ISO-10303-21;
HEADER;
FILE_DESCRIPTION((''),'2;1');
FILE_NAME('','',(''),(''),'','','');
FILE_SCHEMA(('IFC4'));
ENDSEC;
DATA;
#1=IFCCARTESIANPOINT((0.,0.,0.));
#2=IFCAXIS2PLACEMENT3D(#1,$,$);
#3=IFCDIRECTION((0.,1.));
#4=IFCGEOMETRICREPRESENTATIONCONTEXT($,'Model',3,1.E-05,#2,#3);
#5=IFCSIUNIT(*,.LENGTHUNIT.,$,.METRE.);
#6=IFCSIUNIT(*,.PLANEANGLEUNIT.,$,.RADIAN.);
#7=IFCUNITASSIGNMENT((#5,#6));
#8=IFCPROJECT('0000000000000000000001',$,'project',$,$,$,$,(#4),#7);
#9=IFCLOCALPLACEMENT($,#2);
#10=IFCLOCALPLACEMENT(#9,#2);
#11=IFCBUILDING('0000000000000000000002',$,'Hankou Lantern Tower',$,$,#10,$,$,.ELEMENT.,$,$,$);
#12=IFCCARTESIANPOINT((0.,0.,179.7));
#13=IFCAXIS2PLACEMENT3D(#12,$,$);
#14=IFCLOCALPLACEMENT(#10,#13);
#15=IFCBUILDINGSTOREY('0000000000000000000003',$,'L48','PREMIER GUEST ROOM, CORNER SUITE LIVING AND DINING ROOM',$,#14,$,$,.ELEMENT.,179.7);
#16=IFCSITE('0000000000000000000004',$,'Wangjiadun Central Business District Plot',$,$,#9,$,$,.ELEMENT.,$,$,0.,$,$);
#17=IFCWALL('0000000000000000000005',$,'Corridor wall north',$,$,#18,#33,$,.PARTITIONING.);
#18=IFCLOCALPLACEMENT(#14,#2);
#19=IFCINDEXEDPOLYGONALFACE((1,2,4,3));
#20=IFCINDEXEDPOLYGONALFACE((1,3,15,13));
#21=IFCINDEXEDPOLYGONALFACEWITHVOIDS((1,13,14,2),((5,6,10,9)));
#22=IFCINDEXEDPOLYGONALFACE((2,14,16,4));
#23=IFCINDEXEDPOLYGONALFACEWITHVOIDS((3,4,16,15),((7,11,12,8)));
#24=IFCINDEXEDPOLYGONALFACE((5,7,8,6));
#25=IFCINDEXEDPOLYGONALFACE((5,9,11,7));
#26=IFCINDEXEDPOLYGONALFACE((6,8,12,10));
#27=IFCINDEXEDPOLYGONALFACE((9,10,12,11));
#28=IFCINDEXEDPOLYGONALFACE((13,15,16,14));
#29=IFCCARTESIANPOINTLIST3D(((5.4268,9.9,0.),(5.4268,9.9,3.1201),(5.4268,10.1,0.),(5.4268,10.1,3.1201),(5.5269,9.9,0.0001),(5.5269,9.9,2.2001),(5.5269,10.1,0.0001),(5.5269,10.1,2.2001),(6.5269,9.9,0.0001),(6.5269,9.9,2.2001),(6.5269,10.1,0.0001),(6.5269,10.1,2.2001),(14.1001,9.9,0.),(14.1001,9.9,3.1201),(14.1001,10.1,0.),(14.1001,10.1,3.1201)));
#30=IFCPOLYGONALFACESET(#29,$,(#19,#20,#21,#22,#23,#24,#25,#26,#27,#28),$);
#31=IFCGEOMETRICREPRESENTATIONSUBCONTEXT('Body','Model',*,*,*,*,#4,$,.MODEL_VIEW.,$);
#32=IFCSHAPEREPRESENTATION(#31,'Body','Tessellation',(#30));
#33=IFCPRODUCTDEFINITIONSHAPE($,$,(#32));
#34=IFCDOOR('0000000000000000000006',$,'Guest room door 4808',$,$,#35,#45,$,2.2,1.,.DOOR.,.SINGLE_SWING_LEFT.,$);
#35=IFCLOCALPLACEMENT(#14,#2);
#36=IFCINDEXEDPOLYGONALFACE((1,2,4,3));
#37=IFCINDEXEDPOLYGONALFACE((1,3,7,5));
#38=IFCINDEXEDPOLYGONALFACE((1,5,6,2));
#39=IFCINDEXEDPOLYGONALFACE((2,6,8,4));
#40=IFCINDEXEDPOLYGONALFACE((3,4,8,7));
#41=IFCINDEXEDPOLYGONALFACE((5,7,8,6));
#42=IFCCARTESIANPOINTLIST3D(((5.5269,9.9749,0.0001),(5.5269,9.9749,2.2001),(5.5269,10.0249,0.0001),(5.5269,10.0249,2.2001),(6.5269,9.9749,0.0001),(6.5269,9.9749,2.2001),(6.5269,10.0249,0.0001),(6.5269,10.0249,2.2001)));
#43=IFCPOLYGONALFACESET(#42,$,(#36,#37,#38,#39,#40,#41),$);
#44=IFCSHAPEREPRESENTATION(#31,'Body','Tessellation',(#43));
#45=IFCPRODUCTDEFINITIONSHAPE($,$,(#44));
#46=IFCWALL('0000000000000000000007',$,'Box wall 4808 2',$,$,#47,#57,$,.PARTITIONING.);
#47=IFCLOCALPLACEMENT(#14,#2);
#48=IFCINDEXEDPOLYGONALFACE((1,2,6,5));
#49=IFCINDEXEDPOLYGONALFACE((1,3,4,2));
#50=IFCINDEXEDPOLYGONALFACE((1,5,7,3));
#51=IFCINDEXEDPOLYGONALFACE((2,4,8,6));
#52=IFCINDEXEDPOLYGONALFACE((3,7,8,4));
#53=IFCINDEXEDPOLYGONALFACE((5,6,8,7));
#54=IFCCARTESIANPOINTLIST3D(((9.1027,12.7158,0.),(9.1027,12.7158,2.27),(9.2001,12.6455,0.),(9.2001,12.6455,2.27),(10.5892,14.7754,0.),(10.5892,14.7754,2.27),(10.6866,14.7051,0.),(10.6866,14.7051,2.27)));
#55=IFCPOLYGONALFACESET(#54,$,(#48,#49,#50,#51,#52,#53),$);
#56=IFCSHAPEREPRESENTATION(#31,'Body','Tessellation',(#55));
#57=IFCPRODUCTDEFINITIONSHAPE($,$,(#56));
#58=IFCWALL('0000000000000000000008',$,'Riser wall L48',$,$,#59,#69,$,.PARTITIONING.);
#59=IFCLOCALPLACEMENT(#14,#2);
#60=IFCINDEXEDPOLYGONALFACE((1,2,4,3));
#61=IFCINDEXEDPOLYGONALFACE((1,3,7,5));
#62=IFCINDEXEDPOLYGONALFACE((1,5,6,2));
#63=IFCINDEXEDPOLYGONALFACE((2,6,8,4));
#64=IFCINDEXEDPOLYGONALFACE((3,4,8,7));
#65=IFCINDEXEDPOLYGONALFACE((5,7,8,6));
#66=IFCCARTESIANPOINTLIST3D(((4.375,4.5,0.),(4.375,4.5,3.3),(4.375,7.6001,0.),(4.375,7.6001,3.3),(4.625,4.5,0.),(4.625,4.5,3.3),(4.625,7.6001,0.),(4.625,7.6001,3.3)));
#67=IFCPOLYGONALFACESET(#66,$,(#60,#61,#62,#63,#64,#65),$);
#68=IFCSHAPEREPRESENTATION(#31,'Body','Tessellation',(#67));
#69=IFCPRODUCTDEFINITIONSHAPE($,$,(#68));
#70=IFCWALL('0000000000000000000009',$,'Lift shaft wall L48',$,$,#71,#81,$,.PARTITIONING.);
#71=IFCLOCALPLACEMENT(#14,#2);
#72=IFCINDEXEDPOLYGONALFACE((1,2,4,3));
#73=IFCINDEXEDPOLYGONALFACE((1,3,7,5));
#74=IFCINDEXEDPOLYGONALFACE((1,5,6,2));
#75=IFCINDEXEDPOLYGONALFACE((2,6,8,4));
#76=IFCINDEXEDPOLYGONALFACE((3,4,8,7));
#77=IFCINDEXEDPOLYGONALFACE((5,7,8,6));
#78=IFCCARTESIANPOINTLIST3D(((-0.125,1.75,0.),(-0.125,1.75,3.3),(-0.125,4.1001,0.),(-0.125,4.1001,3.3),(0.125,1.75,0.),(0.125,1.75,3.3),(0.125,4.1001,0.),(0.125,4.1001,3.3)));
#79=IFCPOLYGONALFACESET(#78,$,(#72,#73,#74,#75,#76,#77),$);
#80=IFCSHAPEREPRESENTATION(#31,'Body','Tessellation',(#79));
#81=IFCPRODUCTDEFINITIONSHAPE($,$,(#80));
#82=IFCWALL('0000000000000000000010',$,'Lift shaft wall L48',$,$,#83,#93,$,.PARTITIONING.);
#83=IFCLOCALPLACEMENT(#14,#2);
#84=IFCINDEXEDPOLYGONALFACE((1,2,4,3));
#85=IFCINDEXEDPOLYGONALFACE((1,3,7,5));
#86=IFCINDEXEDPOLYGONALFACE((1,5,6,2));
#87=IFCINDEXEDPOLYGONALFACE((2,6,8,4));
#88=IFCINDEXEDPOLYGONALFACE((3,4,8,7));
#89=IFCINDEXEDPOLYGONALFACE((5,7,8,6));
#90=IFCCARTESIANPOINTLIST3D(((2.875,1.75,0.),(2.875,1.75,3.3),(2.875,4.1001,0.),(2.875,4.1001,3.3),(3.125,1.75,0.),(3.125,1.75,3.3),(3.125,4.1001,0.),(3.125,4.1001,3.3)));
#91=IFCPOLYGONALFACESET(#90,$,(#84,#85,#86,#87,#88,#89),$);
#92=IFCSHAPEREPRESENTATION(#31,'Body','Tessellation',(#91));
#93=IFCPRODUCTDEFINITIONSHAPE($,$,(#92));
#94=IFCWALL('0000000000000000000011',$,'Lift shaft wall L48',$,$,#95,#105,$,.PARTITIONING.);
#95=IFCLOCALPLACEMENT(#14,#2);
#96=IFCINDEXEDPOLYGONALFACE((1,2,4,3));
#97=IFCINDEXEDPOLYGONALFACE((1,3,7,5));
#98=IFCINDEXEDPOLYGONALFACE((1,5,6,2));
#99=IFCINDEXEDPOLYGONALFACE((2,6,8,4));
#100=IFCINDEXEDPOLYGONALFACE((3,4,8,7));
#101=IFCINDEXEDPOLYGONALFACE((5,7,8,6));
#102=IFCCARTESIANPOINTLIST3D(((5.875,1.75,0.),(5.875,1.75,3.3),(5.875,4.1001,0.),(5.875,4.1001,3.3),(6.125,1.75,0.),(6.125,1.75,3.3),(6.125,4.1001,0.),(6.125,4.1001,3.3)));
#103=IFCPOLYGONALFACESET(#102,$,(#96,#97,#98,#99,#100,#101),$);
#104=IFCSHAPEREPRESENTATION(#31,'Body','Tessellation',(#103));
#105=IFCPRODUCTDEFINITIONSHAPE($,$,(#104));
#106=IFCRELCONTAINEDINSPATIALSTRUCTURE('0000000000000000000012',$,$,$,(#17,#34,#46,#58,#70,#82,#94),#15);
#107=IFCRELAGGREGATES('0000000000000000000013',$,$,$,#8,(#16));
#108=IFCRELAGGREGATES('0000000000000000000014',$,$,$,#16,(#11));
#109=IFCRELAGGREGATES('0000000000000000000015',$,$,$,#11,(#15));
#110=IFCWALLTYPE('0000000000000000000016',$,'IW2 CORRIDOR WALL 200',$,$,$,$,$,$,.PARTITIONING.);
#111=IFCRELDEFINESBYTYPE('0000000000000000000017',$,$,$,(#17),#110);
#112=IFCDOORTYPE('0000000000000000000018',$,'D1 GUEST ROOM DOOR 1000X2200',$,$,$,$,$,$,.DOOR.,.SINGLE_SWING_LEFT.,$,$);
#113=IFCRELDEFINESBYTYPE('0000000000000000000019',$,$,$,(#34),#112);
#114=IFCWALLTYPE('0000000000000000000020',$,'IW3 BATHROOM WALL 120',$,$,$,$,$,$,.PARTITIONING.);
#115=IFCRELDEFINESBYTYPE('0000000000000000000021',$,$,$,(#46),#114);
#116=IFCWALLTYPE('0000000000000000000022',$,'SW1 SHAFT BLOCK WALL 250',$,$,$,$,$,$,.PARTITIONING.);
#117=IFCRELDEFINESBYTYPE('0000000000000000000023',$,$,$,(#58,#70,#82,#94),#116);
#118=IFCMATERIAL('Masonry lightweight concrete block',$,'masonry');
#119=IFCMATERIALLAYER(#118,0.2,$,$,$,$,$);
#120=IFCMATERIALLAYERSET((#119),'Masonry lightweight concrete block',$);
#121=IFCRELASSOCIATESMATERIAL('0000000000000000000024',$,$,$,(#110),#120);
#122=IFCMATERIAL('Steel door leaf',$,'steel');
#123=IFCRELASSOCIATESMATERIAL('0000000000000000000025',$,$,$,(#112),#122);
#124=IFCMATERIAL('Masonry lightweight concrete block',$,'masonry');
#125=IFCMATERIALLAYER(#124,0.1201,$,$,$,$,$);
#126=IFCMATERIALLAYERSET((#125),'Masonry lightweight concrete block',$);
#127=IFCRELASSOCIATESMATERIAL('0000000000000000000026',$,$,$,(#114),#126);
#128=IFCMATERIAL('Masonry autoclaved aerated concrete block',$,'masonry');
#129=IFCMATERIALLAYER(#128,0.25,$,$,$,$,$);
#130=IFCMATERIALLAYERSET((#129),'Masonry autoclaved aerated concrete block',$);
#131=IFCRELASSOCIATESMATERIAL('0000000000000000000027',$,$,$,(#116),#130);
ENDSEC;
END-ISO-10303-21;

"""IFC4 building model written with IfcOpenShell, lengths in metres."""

from ifc_helpers import new_model, si_unit, direction, frame, frame_2d, origin, place, context, subcontext, project, spatial, rectangle, extrude, material, layer, layer_set, type_object, element, fill, save


model = new_model("IFC4")

# Units and contexts
model_context = context("Model", 3, precision=1e-05, world=origin(), true_north=direction((0.0, 1.0)))
body_context = subcontext(model_context, "Body", "Model", "MODEL_VIEW")
ifc_project = project(units=[si_unit("LENGTHUNIT", "METRE"), si_unit("PLANEANGLEUNIT", "RADIAN")], contexts=[model_context])

# Site, building, storey
site_placement = place(None, origin())
site = spatial("IfcSite", under=ifc_project, at=site_placement, Name="Wangjiadun Central Business District Plot", CompositionType="ELEMENT", RefElevation=0.0)
building_placement = place(site_placement, origin())
building = spatial("IfcBuilding", under=site, at=building_placement, Name="Hankou Lantern Tower", CompositionType="ELEMENT")
storey_placement = place(building_placement, frame((0.0, 0.0, 179.7)))
storey = spatial("IfcBuildingStorey", under=building, at=storey_placement, Name="L48", Description="PREMIER GUEST ROOM, CORNER SUITE LIVING AND DINING ROOM", CompositionType="ELEMENT", Elevation=179.7)

# Shared definitions
ifc_material_1 = material(Name="Masonry lightweight concrete block", Category="masonry")
ifc_layer_1 = layer(ifc_material_1, 0.2)
ifc_layer_set_1 = layer_set([ifc_layer_1], Name="Masonry lightweight concrete block")
wall_type_1 = type_object("IfcWallType", Name="IW2 CORRIDOR WALL 200", PredefinedType="PARTITIONING", material=ifc_layer_set_1)
ifc_material_2 = material(Name="Steel door leaf", Category="steel")
door_type_1 = type_object("IfcDoorType", Name="D1 GUEST ROOM DOOR 1000X2200", OperationType="SINGLE_SWING_LEFT", PredefinedType="DOOR", material=ifc_material_2)

# Wall, opening, door
wall_1_placement = place(storey_placement, frame((5.4268, 10.0, 0.0), z_axis=(0.0, 0.0, 1.0), x_axis=(1.0, 0.0, 0.0)))
wall_1 = element("IfcWall", 1, at=wall_1_placement, inside=storey, type_object=wall_type_1, Name="Corridor wall north", PredefinedType="PARTITIONING", context=body_context, shape_type="SweptSolid", body=[
    extrude(rectangle(XDim=8.6733, YDim=0.2, at=frame_2d((4.3367, 0.0))), origin(), (0.0, 0.0, 1.0), 3.1201),
])
opening_1_placement = place(wall_1_placement, frame((0.1001, 0.0, 0.0)))
opening_1 = element("IfcOpeningElement", 2, at=opening_1_placement, cuts=wall_1, PredefinedType="OPENING", context=body_context, shape_type="SweptSolid", body=[
    extrude(rectangle(XDim=1.0, YDim=2.2, at=frame_2d((0.5, 1.1001))), frame((0.0, 0.1099, 0.0), z_axis=(0.0, -1.0, 0.0), x_axis=(1.0, 0.0, 0.0)), (0.0, 0.0, 1.0), 0.22),
])
door_1_placement = place(opening_1_placement, origin())
door_1 = element("IfcDoor", 3, at=door_1_placement, inside=storey, type_object=door_type_1, Name="Guest room door 4808", OperationType="SINGLE_SWING_LEFT", OverallHeight=2.2, OverallWidth=1.0, PredefinedType="DOOR", context=body_context, shape_type="SweptSolid", body=[
    extrude(rectangle(XDim=1.0, YDim=2.2, at=frame_2d((0.5, 1.1001))), frame((0.0, 0.0249, 0.0), z_axis=(0.0, -1.0, 0.0), x_axis=(1.0, 0.0, 0.0)), (0.0, 0.0, 1.0), 0.05),
])
fill(opening_1, door_1)

# Walls
ifc_material_3 = material(Name="Masonry lightweight concrete block", Category="masonry")
ifc_layer_2 = layer(ifc_material_3, 0.1201)
ifc_layer_set_2 = layer_set([ifc_layer_2], Name="Masonry lightweight concrete block")
wall_type_2 = type_object("IfcWallType", Name="IW3 BATHROOM WALL 120", PredefinedType="PARTITIONING", material=ifc_layer_set_2)
wall_2_placement = place(storey_placement, frame((9.1514, 12.6807, 0.0), z_axis=(0.0, 0.0, 1.0), x_axis=(0.585259, 0.810846, 0.0)))
element("IfcWall", 4, at=wall_2_placement, inside=storey, type_object=wall_type_2, Name="Box wall 4808 2", PredefinedType="PARTITIONING", context=body_context, shape_type="SweptSolid", body=[
    extrude(rectangle(XDim=2.54, YDim=0.1201, at=frame_2d((1.27, 0.0))), origin(), (0.0, 0.0, 1.0), 2.27),
])
ifc_material_4 = material(Name="Masonry autoclaved aerated concrete block", Category="masonry")
ifc_layer_3 = layer(ifc_material_4, 0.25)
ifc_layer_set_3 = layer_set([ifc_layer_3], Name="Masonry autoclaved aerated concrete block")
wall_type_3 = type_object("IfcWallType", Name="SW1 SHAFT BLOCK WALL 250", PredefinedType="PARTITIONING", material=ifc_layer_set_3)
wall_3_placement = place(storey_placement, frame((4.5, 4.5, 0.0), z_axis=(0.0, 0.0, 1.0), x_axis=(0.0, 1.0, 0.0)))
element("IfcWall", 5, at=wall_3_placement, inside=storey, type_object=wall_type_3, Name="Riser wall L48", PredefinedType="PARTITIONING", context=body_context, shape_type="SweptSolid", body=[
    extrude(rectangle(XDim=3.1001, YDim=0.25, at=frame_2d((1.55, 0.0))), origin(), (0.0, 0.0, 1.0), 3.3),
])
for number, where, z_axis, x_axis, name in (
    (6, (0.0, 1.75, 0.0), (0.0, 0.0, 1.0), (0.0, 1.0, 0.0), "Lift shaft wall L48"),
    (7, (3.0, 1.75, 0.0), (0.0, 0.0, 1.0), (0.0, 1.0, 0.0), "Lift shaft wall L48"),
    (8, (6.0, 1.75, 0.0), (0.0, 0.0, 1.0), (0.0, 1.0, 0.0), "Lift shaft wall L48"),
):
    element("IfcWall", number, at=place(storey_placement, frame(where, z_axis=z_axis, x_axis=x_axis)), inside=storey, type_object=wall_type_3, Name=name, PredefinedType="PARTITIONING", context=body_context, shape_type="SweptSolid", body=[
        extrude(rectangle(XDim=2.3501, YDim=0.25, at=frame_2d((1.175, 0.0))), origin(), (0.0, 0.0, 1.0), 3.3),
    ])

save(model, "model.ifc")
